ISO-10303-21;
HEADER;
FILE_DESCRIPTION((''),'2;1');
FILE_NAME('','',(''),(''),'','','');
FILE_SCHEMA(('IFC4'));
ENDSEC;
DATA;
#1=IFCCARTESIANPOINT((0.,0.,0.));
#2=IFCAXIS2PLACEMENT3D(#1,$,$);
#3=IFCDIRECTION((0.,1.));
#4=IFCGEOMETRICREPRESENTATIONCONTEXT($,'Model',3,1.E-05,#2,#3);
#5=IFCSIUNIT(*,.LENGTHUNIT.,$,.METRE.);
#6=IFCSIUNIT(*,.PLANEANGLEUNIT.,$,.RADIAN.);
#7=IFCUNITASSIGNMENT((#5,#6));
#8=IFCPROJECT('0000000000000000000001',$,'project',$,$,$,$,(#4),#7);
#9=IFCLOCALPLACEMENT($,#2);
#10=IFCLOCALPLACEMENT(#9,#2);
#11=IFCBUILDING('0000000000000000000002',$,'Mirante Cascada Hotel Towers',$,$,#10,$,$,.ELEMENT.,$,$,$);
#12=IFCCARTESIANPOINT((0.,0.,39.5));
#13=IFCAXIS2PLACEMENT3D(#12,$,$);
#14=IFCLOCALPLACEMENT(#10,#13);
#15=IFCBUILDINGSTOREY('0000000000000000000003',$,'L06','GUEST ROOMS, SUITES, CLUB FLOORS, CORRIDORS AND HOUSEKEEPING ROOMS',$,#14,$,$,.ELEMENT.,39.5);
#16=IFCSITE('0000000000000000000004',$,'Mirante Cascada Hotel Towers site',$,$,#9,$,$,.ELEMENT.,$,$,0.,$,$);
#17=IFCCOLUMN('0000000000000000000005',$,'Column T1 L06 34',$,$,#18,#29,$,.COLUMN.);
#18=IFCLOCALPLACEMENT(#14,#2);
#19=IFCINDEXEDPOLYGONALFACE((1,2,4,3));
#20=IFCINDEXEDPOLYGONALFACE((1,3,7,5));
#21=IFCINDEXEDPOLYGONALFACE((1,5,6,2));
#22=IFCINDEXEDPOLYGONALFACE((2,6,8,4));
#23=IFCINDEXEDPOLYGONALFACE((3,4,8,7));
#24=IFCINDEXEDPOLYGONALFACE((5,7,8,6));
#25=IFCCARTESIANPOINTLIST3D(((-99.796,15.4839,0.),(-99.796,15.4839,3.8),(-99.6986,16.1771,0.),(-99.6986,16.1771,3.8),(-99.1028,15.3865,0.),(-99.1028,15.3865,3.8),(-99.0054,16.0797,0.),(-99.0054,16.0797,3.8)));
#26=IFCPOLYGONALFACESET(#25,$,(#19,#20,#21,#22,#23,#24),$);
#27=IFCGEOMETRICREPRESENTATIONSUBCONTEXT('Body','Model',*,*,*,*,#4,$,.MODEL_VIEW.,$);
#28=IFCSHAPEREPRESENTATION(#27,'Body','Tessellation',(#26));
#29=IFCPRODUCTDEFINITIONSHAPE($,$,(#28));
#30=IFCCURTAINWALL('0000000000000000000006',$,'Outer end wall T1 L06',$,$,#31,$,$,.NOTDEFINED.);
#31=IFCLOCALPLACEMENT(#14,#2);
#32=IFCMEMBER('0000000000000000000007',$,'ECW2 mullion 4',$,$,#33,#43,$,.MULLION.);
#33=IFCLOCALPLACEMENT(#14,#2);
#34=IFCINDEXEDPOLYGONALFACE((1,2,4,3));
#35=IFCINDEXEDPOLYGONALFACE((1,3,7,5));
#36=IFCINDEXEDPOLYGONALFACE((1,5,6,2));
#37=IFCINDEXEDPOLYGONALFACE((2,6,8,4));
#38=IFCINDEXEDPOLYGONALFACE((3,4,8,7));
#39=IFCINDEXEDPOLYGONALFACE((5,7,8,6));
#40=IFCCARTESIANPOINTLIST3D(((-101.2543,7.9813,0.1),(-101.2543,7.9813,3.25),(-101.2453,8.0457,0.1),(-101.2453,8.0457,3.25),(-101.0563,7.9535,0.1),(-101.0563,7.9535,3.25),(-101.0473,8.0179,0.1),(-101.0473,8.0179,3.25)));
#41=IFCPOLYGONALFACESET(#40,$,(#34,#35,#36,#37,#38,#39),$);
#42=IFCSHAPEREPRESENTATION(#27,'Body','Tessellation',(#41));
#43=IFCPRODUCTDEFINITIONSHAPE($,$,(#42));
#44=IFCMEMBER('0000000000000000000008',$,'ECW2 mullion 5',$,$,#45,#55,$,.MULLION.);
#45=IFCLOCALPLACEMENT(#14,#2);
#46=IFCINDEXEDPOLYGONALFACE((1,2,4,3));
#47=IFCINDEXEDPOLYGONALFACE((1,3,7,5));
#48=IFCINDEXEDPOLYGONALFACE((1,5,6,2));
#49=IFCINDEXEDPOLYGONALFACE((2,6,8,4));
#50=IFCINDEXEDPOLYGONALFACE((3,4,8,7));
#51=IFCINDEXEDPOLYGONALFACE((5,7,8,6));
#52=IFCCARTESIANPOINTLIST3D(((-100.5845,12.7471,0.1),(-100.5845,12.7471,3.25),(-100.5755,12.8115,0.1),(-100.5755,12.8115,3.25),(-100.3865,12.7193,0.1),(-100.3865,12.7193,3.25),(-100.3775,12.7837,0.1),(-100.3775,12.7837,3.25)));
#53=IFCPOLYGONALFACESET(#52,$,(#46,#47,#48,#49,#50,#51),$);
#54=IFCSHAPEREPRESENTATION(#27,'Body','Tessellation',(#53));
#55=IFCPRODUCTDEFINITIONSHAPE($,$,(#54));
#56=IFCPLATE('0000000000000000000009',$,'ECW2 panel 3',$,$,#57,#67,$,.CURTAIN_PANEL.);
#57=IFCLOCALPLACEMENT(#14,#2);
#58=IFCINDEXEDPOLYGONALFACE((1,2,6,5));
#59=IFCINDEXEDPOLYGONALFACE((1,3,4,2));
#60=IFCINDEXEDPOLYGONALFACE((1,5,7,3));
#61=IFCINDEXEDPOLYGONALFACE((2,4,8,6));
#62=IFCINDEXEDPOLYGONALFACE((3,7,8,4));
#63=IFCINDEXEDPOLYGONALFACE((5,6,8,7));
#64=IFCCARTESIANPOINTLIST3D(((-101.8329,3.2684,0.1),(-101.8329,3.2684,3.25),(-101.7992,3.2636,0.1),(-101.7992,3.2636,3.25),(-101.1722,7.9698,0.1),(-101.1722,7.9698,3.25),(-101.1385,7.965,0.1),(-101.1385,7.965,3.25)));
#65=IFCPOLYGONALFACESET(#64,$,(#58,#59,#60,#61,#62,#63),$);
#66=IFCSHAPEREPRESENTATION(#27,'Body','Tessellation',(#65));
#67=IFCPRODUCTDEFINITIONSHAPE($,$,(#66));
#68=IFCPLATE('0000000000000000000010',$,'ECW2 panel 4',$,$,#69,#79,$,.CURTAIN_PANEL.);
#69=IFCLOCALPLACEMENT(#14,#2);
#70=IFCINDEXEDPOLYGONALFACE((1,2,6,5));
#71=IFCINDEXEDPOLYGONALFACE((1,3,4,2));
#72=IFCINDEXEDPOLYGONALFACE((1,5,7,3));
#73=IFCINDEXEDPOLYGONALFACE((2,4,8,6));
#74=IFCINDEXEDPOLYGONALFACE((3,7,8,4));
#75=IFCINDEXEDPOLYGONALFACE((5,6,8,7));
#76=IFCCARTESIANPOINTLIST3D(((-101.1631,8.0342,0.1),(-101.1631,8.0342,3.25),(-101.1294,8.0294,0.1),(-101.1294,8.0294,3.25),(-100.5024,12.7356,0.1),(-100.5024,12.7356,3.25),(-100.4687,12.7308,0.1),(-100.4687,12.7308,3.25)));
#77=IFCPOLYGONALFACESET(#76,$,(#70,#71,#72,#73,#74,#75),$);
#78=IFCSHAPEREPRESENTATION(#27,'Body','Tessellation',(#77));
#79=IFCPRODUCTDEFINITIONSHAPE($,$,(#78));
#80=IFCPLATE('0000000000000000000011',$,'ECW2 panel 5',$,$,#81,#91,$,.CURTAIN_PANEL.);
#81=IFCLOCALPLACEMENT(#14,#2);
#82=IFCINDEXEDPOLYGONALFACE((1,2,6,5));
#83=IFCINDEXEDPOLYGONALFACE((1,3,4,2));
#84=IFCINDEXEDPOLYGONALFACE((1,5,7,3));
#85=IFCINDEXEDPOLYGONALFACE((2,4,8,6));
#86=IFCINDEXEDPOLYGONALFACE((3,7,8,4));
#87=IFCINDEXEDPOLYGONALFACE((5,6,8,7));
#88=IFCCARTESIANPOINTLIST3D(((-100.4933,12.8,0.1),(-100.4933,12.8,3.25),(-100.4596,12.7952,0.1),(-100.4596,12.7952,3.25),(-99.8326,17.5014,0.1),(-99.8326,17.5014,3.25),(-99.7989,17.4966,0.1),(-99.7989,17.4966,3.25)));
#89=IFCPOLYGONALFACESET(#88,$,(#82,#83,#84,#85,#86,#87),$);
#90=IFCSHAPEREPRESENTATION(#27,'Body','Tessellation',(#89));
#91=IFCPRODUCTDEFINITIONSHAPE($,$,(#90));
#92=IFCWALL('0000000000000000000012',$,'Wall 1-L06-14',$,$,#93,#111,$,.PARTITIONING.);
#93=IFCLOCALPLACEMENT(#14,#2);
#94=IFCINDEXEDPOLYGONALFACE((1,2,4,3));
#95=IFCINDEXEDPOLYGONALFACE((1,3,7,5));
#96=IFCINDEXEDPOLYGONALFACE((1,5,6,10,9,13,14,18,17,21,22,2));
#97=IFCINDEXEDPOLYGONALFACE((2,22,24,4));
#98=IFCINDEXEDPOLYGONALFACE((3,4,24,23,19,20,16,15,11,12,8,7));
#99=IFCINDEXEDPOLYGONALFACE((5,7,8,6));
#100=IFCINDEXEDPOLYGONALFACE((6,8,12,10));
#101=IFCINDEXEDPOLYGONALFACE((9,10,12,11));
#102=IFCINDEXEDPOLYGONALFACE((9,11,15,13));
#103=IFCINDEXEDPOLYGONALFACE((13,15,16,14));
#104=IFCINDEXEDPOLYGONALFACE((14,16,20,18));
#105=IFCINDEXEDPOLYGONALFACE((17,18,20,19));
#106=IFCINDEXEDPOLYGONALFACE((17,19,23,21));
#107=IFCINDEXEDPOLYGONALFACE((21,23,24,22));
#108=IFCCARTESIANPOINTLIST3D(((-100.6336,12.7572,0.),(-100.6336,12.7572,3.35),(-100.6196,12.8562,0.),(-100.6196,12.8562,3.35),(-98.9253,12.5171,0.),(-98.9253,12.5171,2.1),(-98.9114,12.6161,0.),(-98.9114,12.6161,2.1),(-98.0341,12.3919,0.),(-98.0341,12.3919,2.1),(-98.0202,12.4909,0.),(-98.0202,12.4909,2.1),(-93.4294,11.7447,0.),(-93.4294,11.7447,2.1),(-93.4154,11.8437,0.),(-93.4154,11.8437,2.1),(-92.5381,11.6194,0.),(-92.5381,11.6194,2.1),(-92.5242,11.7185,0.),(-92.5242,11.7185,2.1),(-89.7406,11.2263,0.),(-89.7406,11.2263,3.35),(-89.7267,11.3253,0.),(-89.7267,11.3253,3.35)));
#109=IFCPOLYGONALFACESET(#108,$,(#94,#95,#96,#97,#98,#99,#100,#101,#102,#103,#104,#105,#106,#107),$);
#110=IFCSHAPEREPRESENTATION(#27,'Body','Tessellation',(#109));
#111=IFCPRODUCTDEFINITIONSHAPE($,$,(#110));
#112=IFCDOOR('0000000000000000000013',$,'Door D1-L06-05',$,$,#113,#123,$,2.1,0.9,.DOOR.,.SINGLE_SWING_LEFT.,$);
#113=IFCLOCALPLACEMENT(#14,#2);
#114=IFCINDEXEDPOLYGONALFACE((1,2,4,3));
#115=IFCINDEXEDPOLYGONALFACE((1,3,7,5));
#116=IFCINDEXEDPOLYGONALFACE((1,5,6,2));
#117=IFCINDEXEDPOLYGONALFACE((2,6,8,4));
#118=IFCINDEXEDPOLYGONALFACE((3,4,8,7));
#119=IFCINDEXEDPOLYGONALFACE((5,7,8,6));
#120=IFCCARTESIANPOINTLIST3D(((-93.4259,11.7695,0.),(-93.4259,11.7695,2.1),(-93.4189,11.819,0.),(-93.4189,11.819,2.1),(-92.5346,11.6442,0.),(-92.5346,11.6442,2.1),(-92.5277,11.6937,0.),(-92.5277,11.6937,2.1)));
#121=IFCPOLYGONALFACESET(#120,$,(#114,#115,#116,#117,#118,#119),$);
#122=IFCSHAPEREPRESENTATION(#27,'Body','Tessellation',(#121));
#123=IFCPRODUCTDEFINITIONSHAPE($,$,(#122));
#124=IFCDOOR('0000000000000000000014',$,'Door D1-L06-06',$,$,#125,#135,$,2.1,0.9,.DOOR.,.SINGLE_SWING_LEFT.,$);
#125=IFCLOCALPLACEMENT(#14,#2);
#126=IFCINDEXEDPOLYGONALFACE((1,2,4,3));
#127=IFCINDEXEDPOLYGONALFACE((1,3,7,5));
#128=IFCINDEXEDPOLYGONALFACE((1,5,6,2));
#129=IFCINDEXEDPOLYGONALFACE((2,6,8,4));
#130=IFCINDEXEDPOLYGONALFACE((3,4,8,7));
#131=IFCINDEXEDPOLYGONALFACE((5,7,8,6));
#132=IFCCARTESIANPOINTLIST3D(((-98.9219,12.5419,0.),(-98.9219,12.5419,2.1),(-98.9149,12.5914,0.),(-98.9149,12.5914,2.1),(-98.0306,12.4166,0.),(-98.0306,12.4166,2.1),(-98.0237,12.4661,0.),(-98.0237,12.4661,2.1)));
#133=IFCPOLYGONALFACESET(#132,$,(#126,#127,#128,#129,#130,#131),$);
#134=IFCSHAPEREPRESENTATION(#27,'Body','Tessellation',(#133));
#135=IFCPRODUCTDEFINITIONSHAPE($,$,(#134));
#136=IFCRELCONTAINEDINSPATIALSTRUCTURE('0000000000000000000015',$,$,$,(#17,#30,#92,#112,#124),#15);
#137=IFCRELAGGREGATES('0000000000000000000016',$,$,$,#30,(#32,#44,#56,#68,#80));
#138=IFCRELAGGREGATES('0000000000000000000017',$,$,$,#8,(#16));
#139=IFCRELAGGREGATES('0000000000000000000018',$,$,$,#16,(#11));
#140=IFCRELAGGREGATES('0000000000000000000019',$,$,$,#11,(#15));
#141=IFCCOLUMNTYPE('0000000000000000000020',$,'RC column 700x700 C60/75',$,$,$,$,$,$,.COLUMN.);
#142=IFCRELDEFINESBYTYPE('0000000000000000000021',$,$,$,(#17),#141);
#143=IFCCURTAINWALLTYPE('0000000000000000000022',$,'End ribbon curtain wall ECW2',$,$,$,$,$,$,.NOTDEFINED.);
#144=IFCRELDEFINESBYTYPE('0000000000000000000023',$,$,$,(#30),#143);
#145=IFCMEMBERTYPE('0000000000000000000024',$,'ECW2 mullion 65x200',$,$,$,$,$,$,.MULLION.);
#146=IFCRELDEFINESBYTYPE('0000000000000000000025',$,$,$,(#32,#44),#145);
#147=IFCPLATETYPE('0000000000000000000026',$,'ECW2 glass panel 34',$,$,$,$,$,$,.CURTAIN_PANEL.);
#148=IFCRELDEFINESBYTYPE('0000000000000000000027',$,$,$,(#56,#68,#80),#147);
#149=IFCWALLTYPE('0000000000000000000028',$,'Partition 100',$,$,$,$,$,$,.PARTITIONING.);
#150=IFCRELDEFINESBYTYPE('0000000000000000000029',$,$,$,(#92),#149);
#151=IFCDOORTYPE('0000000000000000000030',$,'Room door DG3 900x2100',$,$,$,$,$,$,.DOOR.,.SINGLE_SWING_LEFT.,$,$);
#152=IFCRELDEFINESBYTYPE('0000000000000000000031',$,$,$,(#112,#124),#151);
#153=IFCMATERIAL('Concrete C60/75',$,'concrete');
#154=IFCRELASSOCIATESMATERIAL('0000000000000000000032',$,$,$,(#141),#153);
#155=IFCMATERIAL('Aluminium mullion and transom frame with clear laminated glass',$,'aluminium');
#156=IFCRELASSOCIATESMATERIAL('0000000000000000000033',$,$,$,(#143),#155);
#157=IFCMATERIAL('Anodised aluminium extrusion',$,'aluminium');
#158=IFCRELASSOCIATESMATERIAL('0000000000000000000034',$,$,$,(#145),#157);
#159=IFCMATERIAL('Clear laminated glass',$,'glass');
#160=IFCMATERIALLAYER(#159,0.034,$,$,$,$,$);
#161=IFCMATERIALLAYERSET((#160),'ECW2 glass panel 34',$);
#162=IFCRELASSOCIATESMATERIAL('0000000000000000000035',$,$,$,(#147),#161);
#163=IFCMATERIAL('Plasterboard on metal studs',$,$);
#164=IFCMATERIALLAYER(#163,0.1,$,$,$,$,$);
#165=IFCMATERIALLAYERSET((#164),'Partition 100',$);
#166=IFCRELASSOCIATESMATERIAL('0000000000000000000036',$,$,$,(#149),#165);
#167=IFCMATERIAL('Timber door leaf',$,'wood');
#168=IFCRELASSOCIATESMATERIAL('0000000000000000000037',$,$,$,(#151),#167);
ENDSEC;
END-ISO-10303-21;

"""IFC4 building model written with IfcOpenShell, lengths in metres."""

from ifc_helpers import new_model, si_unit, direction, frame, frame_2d, origin, origin_2d, place, context, subcontext, project, spatial, rectangle, extrude, material, layer, layer_set, material_profile, profile_set, type_object, element, fill, aggregate, save


model = new_model("IFC4")

# Units and contexts
model_context = context("Model", 3, precision=1e-05, world=origin(), true_north=direction((0.0, 1.0)))
body_context = subcontext(model_context, "Body", "Model", "MODEL_VIEW")
ifc_project = project(units=[si_unit("LENGTHUNIT", "METRE"), si_unit("PLANEANGLEUNIT", "RADIAN")], contexts=[model_context])

# Site, building, storey
site_placement = place(None, origin())
site = spatial("IfcSite", under=ifc_project, at=site_placement, Name="Mirante Cascada Hotel Towers site", CompositionType="ELEMENT", RefElevation=0.0)
building_placement = place(site_placement, origin())
building = spatial("IfcBuilding", under=site, at=building_placement, Name="Mirante Cascada Hotel Towers", CompositionType="ELEMENT")
storey_placement = place(building_placement, frame((0.0, 0.0, 39.5)))
storey = spatial("IfcBuildingStorey", under=building, at=storey_placement, Name="L06", Description="GUEST ROOMS, SUITES, CLUB FLOORS, CORRIDORS AND HOUSEKEEPING ROOMS", CompositionType="ELEMENT", Elevation=39.5)

# Column
ifc_material_1 = material(Name="Concrete C60/75", Category="concrete")
ifc_material_profile_1 = material_profile(ifc_material_1, rectangle(XDim=0.7, YDim=0.7, at=origin_2d()), Name="RC column 700x700 C60/75")
ifc_profile_set_1 = profile_set([ifc_material_profile_1], Name="Concrete C60/75")
column_type = type_object("IfcColumnType", Name="RC column 700x700 C60/75", PredefinedType="COLUMN", material=ifc_profile_set_1)
column_placement = place(storey_placement, frame((-99.4007, 15.7818, 0.0), z_axis=(0.0, 0.0, 1.0), x_axis=(-0.990268, 0.139173, 0.0)))
element("IfcColumn", 1, at=column_placement, inside=storey, type_object=column_type, Name="Column T1 L06 34", PredefinedType="COLUMN", context=body_context, shape_type="SweptSolid", body=[
    extrude(rectangle(XDim=0.7, YDim=0.7, at=origin_2d()), origin(), (0.0, 0.0, 1.0), 3.8),
])

# Curtain wall, members, plates
ifc_material_2 = material(Name="Aluminium mullion and transom frame with clear laminated glass", Category="aluminium")
curtain_wall_type = type_object("IfcCurtainWallType", Name="End ribbon curtain wall ECW2", PredefinedType="NOTDEFINED", material=ifc_material_2)
curtain_wall_placement = place(storey_placement, origin())
curtain_wall = element("IfcCurtainWall", 2, at=curtain_wall_placement, inside=storey, type_object=curtain_wall_type, Name="Outer end wall T1 L06", PredefinedType="NOTDEFINED")
ifc_material_3 = material(Name="Anodised aluminium extrusion", Category="aluminium")
ifc_material_profile_2 = material_profile(ifc_material_3, rectangle(XDim=0.2, YDim=0.065, at=origin_2d()), Name="ECW2 MULLION 65x200")
ifc_profile_set_2 = profile_set([ifc_material_profile_2], Name="Anodised aluminium extrusion")
member_type = type_object("IfcMemberType", Name="ECW2 mullion 65x200", PredefinedType="MULLION", material=ifc_profile_set_2)
member_1_placement = place(storey_placement, frame((-101.1508, 7.9996, 0.1), z_axis=(0.0, 0.0, 1.0), x_axis=(-0.990268, 0.139173, 0.0)))
member_1 = element("IfcMember", 3, at=member_1_placement, type_object=member_type, Name="ECW2 mullion 4", PredefinedType="MULLION", context=body_context, shape_type="SweptSolid", body=[
    extrude(rectangle(XDim=0.2, YDim=0.065, at=origin_2d()), origin(), (0.0, 0.0, 1.0), 3.15),
])
member_2_placement = place(storey_placement, frame((-100.481, 12.7654, 0.1), z_axis=(0.0, 0.0, 1.0), x_axis=(-0.990268, 0.139173, 0.0)))
member_2 = element("IfcMember", 4, at=member_2_placement, type_object=member_type, Name="ECW2 mullion 5", PredefinedType="MULLION", context=body_context, shape_type="SweptSolid", body=[
    extrude(rectangle(XDim=0.2, YDim=0.065, at=origin_2d()), origin(), (0.0, 0.0, 1.0), 3.15),
])
ifc_material_4 = material(Name="Clear laminated glass", Category="glass")
ifc_layer_1 = layer(ifc_material_4, 0.034)
ifc_layer_set_1 = layer_set([ifc_layer_1], Name="ECW2 glass panel 34")
plate_type = type_object("IfcPlateType", Name="ECW2 glass panel 34", PredefinedType="CURTAIN_PANEL", material=ifc_layer_set_1)
plate_1_placement = place(storey_placement, frame((-101.4857, 5.6167, 0.1), z_axis=(0.0, 0.0, 1.0), x_axis=(0.139173, 0.990268, 0.0)))
plate_1 = element("IfcPlate", 5, at=plate_1_placement, type_object=plate_type, Name="ECW2 panel 3", PredefinedType="CURTAIN_PANEL", context=body_context, shape_type="SweptSolid", body=[
    extrude(rectangle(XDim=4.7476, YDim=0.034, at=origin_2d()), origin(), (0.0, 0.0, 1.0), 3.15),
])
plate_2_placement = place(storey_placement, frame((-100.8159, 10.3825, 0.1), z_axis=(0.0, 0.0, 1.0), x_axis=(0.139173, 0.990268, 0.0)))
plate_2 = element("IfcPlate", 6, at=plate_2_placement, type_object=plate_type, Name="ECW2 panel 4", PredefinedType="CURTAIN_PANEL", context=body_context, shape_type="SweptSolid", body=[
    extrude(rectangle(XDim=4.7476, YDim=0.034, at=origin_2d()), origin(), (0.0, 0.0, 1.0), 3.15),
])
plate_3_placement = place(storey_placement, frame((-100.1461, 15.1483, 0.1), z_axis=(0.0, 0.0, 1.0), x_axis=(0.139173, 0.990268, 0.0)))
plate_3 = element("IfcPlate", 7, at=plate_3_placement, type_object=plate_type, Name="ECW2 panel 5", PredefinedType="CURTAIN_PANEL", context=body_context, shape_type="SweptSolid", body=[
    extrude(rectangle(XDim=4.7476, YDim=0.034, at=origin_2d()), origin(), (0.0, 0.0, 1.0), 3.15),
])
aggregate(curtain_wall, [member_1, member_2, plate_1, plate_2, plate_3])

# Wall, openings, doors
ifc_material_5 = material(Name="Plasterboard on metal studs")
ifc_layer_2 = layer(ifc_material_5, 0.1)
ifc_layer_set_2 = layer_set([ifc_layer_2], Name="Partition 100")
wall_type = type_object("IfcWallType", Name="Partition 100", PredefinedType="PARTITIONING", material=ifc_layer_set_2)
wall_1_placement = place(storey_placement, frame((-100.6266, 12.8067, 0.0), z_axis=(0.0, 0.0, 1.0), x_axis=(0.990268, -0.139173, 0.0)))
wall_1 = element("IfcWall", 8, at=wall_1_placement, inside=storey, type_object=wall_type, Name="Wall 1-L06-14", PredefinedType="PARTITIONING", context=body_context, shape_type="SweptSolid", body=[
    extrude(rectangle(XDim=11.0, YDim=0.1, at=frame_2d((5.5, 0.0))), origin(), (0.0, 0.0, 1.0), 3.35),
])
opening_1_placement = place(wall_1_placement, frame((7.275, 0.0, 0.0)))
opening_1 = element("IfcOpeningElement", 9, at=opening_1_placement, cuts=wall_1, PredefinedType="OPENING", context=body_context, shape_type="SweptSolid", body=[
    extrude(rectangle(XDim=0.9, YDim=2.1, at=frame_2d((0.45, 1.05))), frame((0.0, 0.05, 0.0), z_axis=(0.0, -1.0, 0.0), x_axis=(1.0, 0.0, 0.0)), (0.0, 0.0, 1.0), 0.1),
])
opening_2_placement = place(wall_1_placement, frame((1.725, 0.0, 0.0)))
opening_2 = element("IfcOpeningElement", 10, at=opening_2_placement, cuts=wall_1, PredefinedType="OPENING", context=body_context, shape_type="SweptSolid", body=[
    extrude(rectangle(XDim=0.9, YDim=2.1, at=frame_2d((0.45, 1.05))), frame((0.0, 0.05, 0.0), z_axis=(0.0, -1.0, 0.0), x_axis=(1.0, 0.0, 0.0)), (0.0, 0.0, 1.0), 0.1),
])
ifc_material_6 = material(Name="Timber door leaf", Category="wood")
door_type_1 = type_object("IfcDoorType", Name="Room door DG3 900x2100", OperationType="SINGLE_SWING_LEFT", PredefinedType="DOOR", material=ifc_material_6)
door_1_placement = place(opening_1_placement, origin())
door_1 = element("IfcDoor", 11, at=door_1_placement, inside=storey, type_object=door_type_1, Name="Door D1-L06-05", OperationType="SINGLE_SWING_LEFT", OverallHeight=2.1, OverallWidth=0.9, PredefinedType="DOOR", context=body_context, shape_type="SweptSolid", body=[
    extrude(rectangle(XDim=0.9, YDim=2.1, at=frame_2d((0.45, 1.05))), frame((0.0, 0.025, 0.0), z_axis=(0.0, -1.0, 0.0), x_axis=(1.0, 0.0, 0.0)), (0.0, 0.0, 1.0), 0.05),
])
fill(opening_1, door_1)
door_2_placement = place(opening_2_placement, origin())
door_2 = element("IfcDoor", 12, at=door_2_placement, inside=storey, type_object=door_type_1, Name="Door D1-L06-06", OperationType="SINGLE_SWING_LEFT", OverallHeight=2.1, OverallWidth=0.9, PredefinedType="DOOR", context=body_context, shape_type="SweptSolid", body=[
    extrude(rectangle(XDim=0.9, YDim=2.1, at=frame_2d((0.45, 1.05))), frame((0.0, 0.025, 0.0), z_axis=(0.0, -1.0, 0.0), x_axis=(1.0, 0.0, 0.0)), (0.0, 0.0, 1.0), 0.05),
])
fill(opening_2, door_2)

save(model, "model.ifc")
